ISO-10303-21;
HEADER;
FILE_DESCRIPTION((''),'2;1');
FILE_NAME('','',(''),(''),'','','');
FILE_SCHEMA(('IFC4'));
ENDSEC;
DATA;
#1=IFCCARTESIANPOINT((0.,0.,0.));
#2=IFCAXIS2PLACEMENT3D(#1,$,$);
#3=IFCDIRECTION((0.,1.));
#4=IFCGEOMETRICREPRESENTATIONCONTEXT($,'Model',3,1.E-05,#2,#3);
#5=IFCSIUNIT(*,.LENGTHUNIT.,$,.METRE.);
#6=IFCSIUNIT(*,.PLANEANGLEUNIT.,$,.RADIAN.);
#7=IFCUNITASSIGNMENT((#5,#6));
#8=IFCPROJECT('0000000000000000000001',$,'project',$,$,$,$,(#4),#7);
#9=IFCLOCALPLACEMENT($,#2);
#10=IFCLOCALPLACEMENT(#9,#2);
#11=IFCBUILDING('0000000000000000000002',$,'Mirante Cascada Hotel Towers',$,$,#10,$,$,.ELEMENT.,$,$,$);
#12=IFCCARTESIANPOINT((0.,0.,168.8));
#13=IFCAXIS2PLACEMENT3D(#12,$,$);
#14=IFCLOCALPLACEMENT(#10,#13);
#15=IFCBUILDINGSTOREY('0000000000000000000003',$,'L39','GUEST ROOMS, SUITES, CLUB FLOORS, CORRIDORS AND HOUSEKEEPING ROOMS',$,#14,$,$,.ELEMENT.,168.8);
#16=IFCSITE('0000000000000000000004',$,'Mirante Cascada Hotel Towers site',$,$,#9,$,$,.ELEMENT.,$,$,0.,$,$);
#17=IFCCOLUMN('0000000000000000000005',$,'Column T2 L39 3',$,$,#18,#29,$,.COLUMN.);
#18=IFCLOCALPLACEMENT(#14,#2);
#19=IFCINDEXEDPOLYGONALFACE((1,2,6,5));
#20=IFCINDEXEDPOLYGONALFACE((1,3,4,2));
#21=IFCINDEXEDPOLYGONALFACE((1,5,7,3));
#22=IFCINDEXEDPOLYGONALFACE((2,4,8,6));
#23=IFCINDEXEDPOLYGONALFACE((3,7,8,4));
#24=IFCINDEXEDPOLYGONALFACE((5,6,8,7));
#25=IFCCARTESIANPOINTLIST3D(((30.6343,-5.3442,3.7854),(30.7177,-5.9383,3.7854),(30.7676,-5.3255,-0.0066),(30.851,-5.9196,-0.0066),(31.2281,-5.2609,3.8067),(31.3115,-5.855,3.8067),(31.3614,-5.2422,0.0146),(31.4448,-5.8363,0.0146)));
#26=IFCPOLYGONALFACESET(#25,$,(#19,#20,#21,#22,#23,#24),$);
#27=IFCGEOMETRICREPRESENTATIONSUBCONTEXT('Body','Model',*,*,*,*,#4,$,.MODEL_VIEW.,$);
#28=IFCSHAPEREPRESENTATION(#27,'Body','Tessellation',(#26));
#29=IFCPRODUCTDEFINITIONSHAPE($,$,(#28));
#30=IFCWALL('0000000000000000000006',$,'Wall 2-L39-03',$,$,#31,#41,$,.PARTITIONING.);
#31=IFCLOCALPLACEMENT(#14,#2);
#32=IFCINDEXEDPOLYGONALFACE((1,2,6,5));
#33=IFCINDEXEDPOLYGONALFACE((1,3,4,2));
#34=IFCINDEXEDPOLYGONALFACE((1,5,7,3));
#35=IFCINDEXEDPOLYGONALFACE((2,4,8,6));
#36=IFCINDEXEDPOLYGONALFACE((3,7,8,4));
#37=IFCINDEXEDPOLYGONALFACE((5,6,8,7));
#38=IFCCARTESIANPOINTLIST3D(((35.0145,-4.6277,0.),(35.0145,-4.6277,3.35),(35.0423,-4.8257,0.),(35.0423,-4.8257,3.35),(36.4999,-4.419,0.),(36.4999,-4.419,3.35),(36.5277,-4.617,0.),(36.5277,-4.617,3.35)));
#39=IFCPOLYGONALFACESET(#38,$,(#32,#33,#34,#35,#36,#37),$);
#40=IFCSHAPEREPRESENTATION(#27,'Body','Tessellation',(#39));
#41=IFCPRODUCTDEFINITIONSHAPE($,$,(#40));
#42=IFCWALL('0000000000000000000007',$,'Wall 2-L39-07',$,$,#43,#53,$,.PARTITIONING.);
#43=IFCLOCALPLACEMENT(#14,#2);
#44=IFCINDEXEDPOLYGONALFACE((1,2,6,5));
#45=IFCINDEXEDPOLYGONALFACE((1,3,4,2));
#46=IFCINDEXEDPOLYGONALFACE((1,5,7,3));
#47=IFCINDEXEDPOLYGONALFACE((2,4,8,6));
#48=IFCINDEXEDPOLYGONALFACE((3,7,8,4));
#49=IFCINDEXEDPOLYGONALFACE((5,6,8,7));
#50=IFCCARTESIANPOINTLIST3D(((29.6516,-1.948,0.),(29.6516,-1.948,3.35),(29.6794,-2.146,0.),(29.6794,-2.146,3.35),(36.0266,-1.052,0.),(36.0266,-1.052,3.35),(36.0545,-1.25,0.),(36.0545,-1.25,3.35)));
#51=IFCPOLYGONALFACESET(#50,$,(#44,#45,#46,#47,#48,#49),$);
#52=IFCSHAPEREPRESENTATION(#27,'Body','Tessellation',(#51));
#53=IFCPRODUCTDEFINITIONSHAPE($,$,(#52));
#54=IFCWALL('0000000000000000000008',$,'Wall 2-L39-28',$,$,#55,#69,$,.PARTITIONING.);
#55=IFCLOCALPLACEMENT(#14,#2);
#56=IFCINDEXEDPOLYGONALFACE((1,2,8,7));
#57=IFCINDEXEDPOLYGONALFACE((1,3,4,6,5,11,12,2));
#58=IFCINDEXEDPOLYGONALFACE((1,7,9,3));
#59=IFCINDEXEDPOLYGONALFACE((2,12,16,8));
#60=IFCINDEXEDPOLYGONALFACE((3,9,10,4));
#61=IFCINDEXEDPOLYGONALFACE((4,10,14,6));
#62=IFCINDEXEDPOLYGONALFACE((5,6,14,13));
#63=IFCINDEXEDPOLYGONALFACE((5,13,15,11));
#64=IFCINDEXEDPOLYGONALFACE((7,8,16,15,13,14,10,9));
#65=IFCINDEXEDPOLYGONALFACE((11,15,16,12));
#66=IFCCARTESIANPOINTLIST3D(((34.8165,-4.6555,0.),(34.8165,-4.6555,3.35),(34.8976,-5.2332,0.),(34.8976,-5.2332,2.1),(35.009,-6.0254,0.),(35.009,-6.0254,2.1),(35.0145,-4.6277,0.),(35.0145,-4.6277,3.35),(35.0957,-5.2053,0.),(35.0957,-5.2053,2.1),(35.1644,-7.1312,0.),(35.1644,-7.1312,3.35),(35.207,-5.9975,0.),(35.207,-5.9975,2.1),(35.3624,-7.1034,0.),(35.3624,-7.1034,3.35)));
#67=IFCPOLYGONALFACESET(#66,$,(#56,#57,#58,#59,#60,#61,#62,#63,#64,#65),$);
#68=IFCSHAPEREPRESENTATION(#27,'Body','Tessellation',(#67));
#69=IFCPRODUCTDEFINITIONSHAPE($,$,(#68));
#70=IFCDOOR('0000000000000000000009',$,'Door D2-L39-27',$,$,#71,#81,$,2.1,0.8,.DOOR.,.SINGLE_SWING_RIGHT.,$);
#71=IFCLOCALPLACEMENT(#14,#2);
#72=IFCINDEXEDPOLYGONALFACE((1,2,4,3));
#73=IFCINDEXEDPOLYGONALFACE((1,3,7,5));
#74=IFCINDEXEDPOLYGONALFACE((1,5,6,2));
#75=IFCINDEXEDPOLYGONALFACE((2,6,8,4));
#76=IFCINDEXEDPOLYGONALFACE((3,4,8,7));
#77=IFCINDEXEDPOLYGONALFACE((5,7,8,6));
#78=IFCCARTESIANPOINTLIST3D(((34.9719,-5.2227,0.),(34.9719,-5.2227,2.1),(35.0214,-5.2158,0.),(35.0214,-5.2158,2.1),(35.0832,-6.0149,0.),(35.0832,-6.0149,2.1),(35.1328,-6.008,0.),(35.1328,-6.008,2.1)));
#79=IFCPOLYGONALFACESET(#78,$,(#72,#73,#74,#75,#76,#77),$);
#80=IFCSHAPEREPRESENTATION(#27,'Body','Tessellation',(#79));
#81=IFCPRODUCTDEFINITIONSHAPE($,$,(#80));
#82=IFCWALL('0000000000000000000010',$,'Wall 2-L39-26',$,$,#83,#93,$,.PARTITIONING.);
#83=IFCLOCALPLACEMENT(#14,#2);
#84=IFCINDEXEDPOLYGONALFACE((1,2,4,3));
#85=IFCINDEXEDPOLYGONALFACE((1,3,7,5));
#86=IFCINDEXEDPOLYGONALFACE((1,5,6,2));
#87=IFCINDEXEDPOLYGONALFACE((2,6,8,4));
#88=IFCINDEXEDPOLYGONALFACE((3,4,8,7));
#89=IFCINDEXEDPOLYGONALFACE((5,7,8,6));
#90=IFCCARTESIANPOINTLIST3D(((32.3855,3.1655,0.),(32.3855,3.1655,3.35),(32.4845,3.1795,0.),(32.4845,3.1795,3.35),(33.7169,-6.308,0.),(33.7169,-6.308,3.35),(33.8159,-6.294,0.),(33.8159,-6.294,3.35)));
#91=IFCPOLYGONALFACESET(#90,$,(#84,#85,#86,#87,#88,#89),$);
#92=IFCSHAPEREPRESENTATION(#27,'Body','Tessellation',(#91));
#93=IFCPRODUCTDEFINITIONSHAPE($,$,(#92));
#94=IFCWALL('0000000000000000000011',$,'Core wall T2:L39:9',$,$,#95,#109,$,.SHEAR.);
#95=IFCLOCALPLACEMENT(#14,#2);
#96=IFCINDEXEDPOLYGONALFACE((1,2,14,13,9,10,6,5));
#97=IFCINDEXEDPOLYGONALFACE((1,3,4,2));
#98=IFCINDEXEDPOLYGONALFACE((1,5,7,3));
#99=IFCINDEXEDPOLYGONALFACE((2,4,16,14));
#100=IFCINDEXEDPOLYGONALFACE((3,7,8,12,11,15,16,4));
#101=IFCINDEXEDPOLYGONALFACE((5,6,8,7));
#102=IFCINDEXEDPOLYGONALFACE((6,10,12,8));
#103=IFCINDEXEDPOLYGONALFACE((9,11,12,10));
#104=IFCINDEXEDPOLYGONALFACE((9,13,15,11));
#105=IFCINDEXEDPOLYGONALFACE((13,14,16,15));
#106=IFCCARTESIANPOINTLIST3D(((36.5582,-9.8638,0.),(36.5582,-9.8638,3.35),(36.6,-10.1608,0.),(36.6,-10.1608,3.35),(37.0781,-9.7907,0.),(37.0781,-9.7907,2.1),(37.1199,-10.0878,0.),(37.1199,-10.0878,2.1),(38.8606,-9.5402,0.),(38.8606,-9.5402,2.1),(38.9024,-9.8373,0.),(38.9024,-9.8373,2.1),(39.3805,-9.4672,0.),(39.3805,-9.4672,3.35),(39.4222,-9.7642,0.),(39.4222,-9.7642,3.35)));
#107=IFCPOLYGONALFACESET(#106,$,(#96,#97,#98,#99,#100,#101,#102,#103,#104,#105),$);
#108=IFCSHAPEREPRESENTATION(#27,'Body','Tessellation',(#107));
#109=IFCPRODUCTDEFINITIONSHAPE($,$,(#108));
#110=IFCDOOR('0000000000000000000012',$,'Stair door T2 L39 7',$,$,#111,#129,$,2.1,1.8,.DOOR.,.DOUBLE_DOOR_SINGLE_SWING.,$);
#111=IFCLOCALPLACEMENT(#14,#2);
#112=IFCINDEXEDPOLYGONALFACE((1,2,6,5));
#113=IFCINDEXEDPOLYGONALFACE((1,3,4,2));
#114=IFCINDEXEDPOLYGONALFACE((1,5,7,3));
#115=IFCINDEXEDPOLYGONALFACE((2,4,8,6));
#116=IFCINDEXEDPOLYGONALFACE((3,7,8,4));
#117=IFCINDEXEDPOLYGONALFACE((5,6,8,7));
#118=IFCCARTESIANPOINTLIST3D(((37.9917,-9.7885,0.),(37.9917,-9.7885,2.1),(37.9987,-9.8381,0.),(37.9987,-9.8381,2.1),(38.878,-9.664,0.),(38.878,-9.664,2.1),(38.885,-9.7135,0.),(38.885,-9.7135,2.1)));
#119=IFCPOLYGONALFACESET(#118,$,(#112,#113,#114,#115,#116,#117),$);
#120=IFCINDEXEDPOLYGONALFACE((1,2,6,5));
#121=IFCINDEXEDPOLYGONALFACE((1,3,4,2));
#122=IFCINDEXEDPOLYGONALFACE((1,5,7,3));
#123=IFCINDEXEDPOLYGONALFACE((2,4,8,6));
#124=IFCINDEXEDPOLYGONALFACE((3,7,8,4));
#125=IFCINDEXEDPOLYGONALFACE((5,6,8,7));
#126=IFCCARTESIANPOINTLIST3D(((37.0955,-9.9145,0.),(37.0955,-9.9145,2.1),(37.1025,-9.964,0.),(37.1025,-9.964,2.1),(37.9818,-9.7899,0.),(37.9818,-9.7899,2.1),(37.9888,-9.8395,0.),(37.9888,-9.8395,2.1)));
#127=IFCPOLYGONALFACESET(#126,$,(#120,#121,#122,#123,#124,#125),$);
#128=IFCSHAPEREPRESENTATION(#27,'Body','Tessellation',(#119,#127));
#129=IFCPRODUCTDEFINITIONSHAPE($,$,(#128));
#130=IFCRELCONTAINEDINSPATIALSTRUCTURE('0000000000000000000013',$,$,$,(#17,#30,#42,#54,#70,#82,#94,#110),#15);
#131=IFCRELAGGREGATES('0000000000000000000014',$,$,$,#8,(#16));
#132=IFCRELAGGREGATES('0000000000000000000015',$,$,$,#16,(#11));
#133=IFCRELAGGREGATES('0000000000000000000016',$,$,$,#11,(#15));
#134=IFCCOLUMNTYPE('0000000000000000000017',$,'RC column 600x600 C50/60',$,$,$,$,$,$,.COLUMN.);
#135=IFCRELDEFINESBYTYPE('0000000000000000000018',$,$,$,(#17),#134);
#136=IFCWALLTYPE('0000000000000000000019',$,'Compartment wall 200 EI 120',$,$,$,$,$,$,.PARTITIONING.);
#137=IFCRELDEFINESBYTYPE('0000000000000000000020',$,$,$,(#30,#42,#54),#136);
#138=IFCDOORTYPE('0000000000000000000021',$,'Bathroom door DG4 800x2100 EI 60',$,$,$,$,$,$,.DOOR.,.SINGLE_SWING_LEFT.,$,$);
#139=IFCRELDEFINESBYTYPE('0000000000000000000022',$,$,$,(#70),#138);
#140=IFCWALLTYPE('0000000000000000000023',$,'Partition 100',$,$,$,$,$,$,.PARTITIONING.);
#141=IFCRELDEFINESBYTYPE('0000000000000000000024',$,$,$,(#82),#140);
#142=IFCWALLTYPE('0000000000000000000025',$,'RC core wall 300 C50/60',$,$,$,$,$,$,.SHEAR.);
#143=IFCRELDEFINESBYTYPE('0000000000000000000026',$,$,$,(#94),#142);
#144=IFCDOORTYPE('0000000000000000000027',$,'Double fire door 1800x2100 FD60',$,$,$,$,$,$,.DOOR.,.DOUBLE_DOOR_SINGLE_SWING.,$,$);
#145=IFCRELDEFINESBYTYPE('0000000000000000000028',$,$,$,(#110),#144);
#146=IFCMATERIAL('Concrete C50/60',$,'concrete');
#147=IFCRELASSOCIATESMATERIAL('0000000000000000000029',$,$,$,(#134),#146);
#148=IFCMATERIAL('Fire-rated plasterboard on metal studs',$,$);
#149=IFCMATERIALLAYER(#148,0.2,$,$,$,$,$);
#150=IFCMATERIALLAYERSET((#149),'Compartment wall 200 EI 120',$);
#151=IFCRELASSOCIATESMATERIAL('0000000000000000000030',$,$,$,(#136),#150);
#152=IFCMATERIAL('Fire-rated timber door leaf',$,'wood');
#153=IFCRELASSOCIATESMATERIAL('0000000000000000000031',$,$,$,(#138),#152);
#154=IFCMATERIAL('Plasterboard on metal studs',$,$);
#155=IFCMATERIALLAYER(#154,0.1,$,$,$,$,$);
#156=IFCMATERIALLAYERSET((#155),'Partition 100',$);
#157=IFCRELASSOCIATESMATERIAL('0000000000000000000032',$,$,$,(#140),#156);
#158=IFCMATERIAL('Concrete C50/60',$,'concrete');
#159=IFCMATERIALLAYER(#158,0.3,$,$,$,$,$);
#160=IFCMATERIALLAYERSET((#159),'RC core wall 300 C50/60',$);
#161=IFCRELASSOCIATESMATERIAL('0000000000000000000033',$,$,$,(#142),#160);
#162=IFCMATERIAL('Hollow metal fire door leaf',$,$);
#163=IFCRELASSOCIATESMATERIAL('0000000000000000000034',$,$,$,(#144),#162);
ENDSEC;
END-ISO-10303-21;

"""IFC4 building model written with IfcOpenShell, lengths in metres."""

from ifc_helpers import new_model, si_unit, direction, frame, frame_2d, origin, origin_2d, place, context, subcontext, project, spatial, rectangle, extrude, material, layer, layer_set, material_profile, profile_set, type_object, element, fill, save


model = new_model("IFC4")

# Units and contexts
model_context = context("Model", 3, precision=1e-05, world=origin(), true_north=direction((0.0, 1.0)))
body_context = subcontext(model_context, "Body", "Model", "MODEL_VIEW")
ifc_project = project(units=[si_unit("LENGTHUNIT", "METRE"), si_unit("PLANEANGLEUNIT", "RADIAN")], contexts=[model_context])

# Site, building, storey
site_placement = place(None, origin())
site = spatial("IfcSite", under=ifc_project, at=site_placement, Name="Mirante Cascada Hotel Towers site", CompositionType="ELEMENT", RefElevation=0.0)
building_placement = place(site_placement, origin())
building = spatial("IfcBuilding", under=site, at=building_placement, Name="Mirante Cascada Hotel Towers", CompositionType="ELEMENT")
storey_placement = place(building_placement, frame((0.0, 0.0, 168.8)))
storey = spatial("IfcBuildingStorey", under=building, at=storey_placement, Name="L39", Description="GUEST ROOMS, SUITES, CLUB FLOORS, CORRIDORS AND HOUSEKEEPING ROOMS", CompositionType="ELEMENT", Elevation=168.8)

# Column
ifc_material_1 = material(Name="Concrete C50/60", Category="concrete")
ifc_material_profile = material_profile(ifc_material_1, rectangle(XDim=0.6, YDim=0.6, at=origin_2d()), Name="RC column 600x600 C50/60")
ifc_profile_set = profile_set([ifc_material_profile], Name="Concrete C50/60")
column_type = type_object("IfcColumnType", Name="RC column 600x600 C50/60", PredefinedType="COLUMN", material=ifc_profile_set)
column_placement = place(storey_placement, frame((31.1062, -5.5809, 0.004), z_axis=(-0.035131, -0.004928, 0.999371), x_axis=(0.138925, -0.990303, 0.0)))
element("IfcColumn", 1, at=column_placement, inside=storey, type_object=column_type, Name="Column T2 L39 3", PredefinedType="COLUMN", context=body_context, shape_type="SweptSolid", body=[
    extrude(rectangle(XDim=0.6, YDim=0.6, at=origin_2d()), origin(), (0.0, 0.0, 1.0), 3.7944),
])

# Walls
ifc_material_2 = material(Name="Fire-rated plasterboard on metal studs")
ifc_layer_1 = layer(ifc_material_2, 0.2)
ifc_layer_set_1 = layer_set([ifc_layer_1], Name="Compartment wall 200 EI 120")
wall_type_1 = type_object("IfcWallType", Name="Compartment wall 200 EI 120", PredefinedType="PARTITIONING", material=ifc_layer_set_1)
wall_1_placement = place(storey_placement, frame((36.5138, -4.518, 0.0), z_axis=(0.0, 0.0, 1.0), x_axis=(-0.990274, -0.139134, 0.0)))
element("IfcWall", 2, at=wall_1_placement, inside=storey, type_object=wall_type_1, Name="Wall 2-L39-03", PredefinedType="PARTITIONING", context=body_context, shape_type="SweptSolid", body=[
    extrude(rectangle(XDim=1.5, YDim=0.2, at=frame_2d((0.75, 0.0))), origin(), (0.0, 0.0, 1.0), 3.35),
])
wall_2_placement = place(storey_placement, frame((36.0406, -1.151, 0.0), z_axis=(0.0, 0.0, 1.0), x_axis=(-0.990267, -0.139181, 0.0)))
element("IfcWall", 3, at=wall_2_placement, inside=storey, type_object=wall_type_1, Name="Wall 2-L39-07", PredefinedType="PARTITIONING", context=body_context, shape_type="SweptSolid", body=[
    extrude(rectangle(XDim=6.4377, YDim=0.2, at=frame_2d((3.2189, 0.0))), origin(), (0.0, 0.0, 1.0), 3.35),
])

# Wall, opening, door
wall_3_placement = place(storey_placement, frame((35.2634, -7.1173, 0.0), z_axis=(0.0, 0.0, 1.0), x_axis=(-0.139159, 0.99027, 0.0)))
wall_3 = element("IfcWall", 4, at=wall_3_placement, inside=storey, type_object=wall_type_1, Name="Wall 2-L39-28", PredefinedType="PARTITIONING", context=body_context, shape_type="SweptSolid", body=[
    extrude(rectangle(XDim=2.5, YDim=0.2, at=frame_2d((1.25, 0.0))), origin(), (0.0, 0.0, 1.0), 3.35),
])
opening_1_placement = place(wall_3_placement, frame((1.1167, 0.0, 0.0)))
opening_1 = element("IfcOpeningElement", 5, at=opening_1_placement, cuts=wall_3, PredefinedType="OPENING", context=body_context, shape_type="SweptSolid", body=[
    extrude(rectangle(XDim=0.8, YDim=2.1, at=frame_2d((0.4, 1.05))), frame((0.0, 0.1, 0.0), z_axis=(0.0, -1.0, 0.0), x_axis=(1.0, 0.0, 0.0)), (0.0, 0.0, 1.0), 0.2),
])
ifc_material_3 = material(Name="Fire-rated timber door leaf", Category="wood")
door_type_1 = type_object("IfcDoorType", Name="Bathroom door DG4 800x2100 EI 60", OperationType="SINGLE_SWING_LEFT", PredefinedType="DOOR", material=ifc_material_3)
door_1_placement = place(opening_1_placement, frame((0.8, 0.0, 0.0), z_axis=(0.0, 0.0, 1.0), x_axis=(-1.0, 0.0, 0.0)))
door_1 = element("IfcDoor", 6, at=door_1_placement, inside=storey, type_object=door_type_1, Name="Door D2-L39-27", OperationType="SINGLE_SWING_RIGHT", OverallHeight=2.1, OverallWidth=0.8, PredefinedType="DOOR", context=body_context, shape_type="SweptSolid", body=[
    extrude(rectangle(XDim=0.8, YDim=2.1, at=frame_2d((0.4, 1.05))), frame((0.0, 0.025, 0.0), z_axis=(0.0, -1.0, 0.0), x_axis=(1.0, 0.0, 0.0)), (0.0, 0.0, 1.0), 0.05),
])
fill(opening_1, door_1)

# Wall
ifc_material_4 = material(Name="Plasterboard on metal studs")
ifc_layer_2 = layer(ifc_material_4, 0.1)
ifc_layer_set_2 = layer_set([ifc_layer_2], Name="Partition 100")
wall_type_2 = type_object("IfcWallType", Name="Partition 100", PredefinedType="PARTITIONING", material=ifc_layer_set_2)
wall_4_placement = place(storey_placement, frame((33.7664, -6.301, 0.0), z_axis=(0.0, 0.0, 1.0), x_axis=(-0.139172, 0.990268, 0.0)))
element("IfcWall", 7, at=wall_4_placement, inside=storey, type_object=wall_type_2, Name="Wall 2-L39-26", PredefinedType="PARTITIONING", context=body_context, shape_type="SweptSolid", body=[
    extrude(rectangle(XDim=9.5666, YDim=0.1, at=frame_2d((4.7833, 0.0))), origin(), (0.0, 0.0, 1.0), 3.35),
])

# Wall, opening, door
ifc_material_5 = material(Name="Concrete C50/60", Category="concrete")
ifc_layer_3 = layer(ifc_material_5, 0.3)
ifc_layer_set_3 = layer_set([ifc_layer_3], Name="RC core wall 300 C50/60")
wall_type_3 = type_object("IfcWallType", Name="RC core wall 300 C50/60", PredefinedType="SHEAR", material=ifc_layer_set_3)
wall_5_placement = place(storey_placement, frame((36.5791, -10.0123, 0.0), z_axis=(0.0, 0.0, 1.0), x_axis=(0.99027, 0.139156, 0.0)))
wall_5 = element("IfcWall", 8, at=wall_5_placement, inside=storey, type_object=wall_type_3, Name="Core wall T2:L39:9", PredefinedType="SHEAR", context=body_context, shape_type="SweptSolid", body=[
    extrude(rectangle(XDim=2.85, YDim=0.3, at=frame_2d((1.425, 0.0))), origin(), (0.0, 0.0, 1.0), 3.35),
])
opening_2_placement = place(wall_5_placement, frame((0.525, 0.0, 0.0)))
opening_2 = element("IfcOpeningElement", 9, at=opening_2_placement, cuts=wall_5, PredefinedType="OPENING", context=body_context, shape_type="SweptSolid", body=[
    extrude(rectangle(XDim=1.8, YDim=2.1, at=frame_2d((0.9, 1.05))), frame((0.0, 0.15, 0.0), z_axis=(0.0, -1.0, 0.0), x_axis=(1.0, 0.0, 0.0)), (0.0, 0.0, 1.0), 0.3),
])
ifc_material_6 = material(Name="Hollow metal fire door leaf")
door_type_2 = type_object("IfcDoorType", Name="Double fire door 1800x2100 FD60", OperationType="DOUBLE_DOOR_SINGLE_SWING", PredefinedType="DOOR", material=ifc_material_6)
door_2_placement = place(opening_2_placement, frame((1.8, 0.0, 0.0), z_axis=(0.0, 0.0, 1.0), x_axis=(-1.0, 0.0, 0.0)))
door_2 = element("IfcDoor", 10, at=door_2_placement, inside=storey, type_object=door_type_2, Name="Stair door T2 L39 7", OperationType="DOUBLE_DOOR_SINGLE_SWING", OverallHeight=2.1, OverallWidth=1.8, PredefinedType="DOOR", context=body_context, shape_type="SweptSolid", body=[
    extrude(rectangle(XDim=0.895, YDim=2.1, at=frame_2d((0.4475, 1.05))), frame((0.0, 0.025, 0.0), z_axis=(0.0, -1.0, 0.0), x_axis=(1.0, 0.0, 0.0)), (0.0, 0.0, 1.0), 0.05),
    extrude(rectangle(XDim=0.895, YDim=2.1, at=frame_2d((1.3525, 1.05))), frame((0.0, 0.025, 0.0), z_axis=(0.0, -1.0, 0.0), x_axis=(1.0, 0.0, 0.0)), (0.0, 0.0, 1.0), 0.05),
])
fill(opening_2, door_2)

save(model, "model.ifc")
